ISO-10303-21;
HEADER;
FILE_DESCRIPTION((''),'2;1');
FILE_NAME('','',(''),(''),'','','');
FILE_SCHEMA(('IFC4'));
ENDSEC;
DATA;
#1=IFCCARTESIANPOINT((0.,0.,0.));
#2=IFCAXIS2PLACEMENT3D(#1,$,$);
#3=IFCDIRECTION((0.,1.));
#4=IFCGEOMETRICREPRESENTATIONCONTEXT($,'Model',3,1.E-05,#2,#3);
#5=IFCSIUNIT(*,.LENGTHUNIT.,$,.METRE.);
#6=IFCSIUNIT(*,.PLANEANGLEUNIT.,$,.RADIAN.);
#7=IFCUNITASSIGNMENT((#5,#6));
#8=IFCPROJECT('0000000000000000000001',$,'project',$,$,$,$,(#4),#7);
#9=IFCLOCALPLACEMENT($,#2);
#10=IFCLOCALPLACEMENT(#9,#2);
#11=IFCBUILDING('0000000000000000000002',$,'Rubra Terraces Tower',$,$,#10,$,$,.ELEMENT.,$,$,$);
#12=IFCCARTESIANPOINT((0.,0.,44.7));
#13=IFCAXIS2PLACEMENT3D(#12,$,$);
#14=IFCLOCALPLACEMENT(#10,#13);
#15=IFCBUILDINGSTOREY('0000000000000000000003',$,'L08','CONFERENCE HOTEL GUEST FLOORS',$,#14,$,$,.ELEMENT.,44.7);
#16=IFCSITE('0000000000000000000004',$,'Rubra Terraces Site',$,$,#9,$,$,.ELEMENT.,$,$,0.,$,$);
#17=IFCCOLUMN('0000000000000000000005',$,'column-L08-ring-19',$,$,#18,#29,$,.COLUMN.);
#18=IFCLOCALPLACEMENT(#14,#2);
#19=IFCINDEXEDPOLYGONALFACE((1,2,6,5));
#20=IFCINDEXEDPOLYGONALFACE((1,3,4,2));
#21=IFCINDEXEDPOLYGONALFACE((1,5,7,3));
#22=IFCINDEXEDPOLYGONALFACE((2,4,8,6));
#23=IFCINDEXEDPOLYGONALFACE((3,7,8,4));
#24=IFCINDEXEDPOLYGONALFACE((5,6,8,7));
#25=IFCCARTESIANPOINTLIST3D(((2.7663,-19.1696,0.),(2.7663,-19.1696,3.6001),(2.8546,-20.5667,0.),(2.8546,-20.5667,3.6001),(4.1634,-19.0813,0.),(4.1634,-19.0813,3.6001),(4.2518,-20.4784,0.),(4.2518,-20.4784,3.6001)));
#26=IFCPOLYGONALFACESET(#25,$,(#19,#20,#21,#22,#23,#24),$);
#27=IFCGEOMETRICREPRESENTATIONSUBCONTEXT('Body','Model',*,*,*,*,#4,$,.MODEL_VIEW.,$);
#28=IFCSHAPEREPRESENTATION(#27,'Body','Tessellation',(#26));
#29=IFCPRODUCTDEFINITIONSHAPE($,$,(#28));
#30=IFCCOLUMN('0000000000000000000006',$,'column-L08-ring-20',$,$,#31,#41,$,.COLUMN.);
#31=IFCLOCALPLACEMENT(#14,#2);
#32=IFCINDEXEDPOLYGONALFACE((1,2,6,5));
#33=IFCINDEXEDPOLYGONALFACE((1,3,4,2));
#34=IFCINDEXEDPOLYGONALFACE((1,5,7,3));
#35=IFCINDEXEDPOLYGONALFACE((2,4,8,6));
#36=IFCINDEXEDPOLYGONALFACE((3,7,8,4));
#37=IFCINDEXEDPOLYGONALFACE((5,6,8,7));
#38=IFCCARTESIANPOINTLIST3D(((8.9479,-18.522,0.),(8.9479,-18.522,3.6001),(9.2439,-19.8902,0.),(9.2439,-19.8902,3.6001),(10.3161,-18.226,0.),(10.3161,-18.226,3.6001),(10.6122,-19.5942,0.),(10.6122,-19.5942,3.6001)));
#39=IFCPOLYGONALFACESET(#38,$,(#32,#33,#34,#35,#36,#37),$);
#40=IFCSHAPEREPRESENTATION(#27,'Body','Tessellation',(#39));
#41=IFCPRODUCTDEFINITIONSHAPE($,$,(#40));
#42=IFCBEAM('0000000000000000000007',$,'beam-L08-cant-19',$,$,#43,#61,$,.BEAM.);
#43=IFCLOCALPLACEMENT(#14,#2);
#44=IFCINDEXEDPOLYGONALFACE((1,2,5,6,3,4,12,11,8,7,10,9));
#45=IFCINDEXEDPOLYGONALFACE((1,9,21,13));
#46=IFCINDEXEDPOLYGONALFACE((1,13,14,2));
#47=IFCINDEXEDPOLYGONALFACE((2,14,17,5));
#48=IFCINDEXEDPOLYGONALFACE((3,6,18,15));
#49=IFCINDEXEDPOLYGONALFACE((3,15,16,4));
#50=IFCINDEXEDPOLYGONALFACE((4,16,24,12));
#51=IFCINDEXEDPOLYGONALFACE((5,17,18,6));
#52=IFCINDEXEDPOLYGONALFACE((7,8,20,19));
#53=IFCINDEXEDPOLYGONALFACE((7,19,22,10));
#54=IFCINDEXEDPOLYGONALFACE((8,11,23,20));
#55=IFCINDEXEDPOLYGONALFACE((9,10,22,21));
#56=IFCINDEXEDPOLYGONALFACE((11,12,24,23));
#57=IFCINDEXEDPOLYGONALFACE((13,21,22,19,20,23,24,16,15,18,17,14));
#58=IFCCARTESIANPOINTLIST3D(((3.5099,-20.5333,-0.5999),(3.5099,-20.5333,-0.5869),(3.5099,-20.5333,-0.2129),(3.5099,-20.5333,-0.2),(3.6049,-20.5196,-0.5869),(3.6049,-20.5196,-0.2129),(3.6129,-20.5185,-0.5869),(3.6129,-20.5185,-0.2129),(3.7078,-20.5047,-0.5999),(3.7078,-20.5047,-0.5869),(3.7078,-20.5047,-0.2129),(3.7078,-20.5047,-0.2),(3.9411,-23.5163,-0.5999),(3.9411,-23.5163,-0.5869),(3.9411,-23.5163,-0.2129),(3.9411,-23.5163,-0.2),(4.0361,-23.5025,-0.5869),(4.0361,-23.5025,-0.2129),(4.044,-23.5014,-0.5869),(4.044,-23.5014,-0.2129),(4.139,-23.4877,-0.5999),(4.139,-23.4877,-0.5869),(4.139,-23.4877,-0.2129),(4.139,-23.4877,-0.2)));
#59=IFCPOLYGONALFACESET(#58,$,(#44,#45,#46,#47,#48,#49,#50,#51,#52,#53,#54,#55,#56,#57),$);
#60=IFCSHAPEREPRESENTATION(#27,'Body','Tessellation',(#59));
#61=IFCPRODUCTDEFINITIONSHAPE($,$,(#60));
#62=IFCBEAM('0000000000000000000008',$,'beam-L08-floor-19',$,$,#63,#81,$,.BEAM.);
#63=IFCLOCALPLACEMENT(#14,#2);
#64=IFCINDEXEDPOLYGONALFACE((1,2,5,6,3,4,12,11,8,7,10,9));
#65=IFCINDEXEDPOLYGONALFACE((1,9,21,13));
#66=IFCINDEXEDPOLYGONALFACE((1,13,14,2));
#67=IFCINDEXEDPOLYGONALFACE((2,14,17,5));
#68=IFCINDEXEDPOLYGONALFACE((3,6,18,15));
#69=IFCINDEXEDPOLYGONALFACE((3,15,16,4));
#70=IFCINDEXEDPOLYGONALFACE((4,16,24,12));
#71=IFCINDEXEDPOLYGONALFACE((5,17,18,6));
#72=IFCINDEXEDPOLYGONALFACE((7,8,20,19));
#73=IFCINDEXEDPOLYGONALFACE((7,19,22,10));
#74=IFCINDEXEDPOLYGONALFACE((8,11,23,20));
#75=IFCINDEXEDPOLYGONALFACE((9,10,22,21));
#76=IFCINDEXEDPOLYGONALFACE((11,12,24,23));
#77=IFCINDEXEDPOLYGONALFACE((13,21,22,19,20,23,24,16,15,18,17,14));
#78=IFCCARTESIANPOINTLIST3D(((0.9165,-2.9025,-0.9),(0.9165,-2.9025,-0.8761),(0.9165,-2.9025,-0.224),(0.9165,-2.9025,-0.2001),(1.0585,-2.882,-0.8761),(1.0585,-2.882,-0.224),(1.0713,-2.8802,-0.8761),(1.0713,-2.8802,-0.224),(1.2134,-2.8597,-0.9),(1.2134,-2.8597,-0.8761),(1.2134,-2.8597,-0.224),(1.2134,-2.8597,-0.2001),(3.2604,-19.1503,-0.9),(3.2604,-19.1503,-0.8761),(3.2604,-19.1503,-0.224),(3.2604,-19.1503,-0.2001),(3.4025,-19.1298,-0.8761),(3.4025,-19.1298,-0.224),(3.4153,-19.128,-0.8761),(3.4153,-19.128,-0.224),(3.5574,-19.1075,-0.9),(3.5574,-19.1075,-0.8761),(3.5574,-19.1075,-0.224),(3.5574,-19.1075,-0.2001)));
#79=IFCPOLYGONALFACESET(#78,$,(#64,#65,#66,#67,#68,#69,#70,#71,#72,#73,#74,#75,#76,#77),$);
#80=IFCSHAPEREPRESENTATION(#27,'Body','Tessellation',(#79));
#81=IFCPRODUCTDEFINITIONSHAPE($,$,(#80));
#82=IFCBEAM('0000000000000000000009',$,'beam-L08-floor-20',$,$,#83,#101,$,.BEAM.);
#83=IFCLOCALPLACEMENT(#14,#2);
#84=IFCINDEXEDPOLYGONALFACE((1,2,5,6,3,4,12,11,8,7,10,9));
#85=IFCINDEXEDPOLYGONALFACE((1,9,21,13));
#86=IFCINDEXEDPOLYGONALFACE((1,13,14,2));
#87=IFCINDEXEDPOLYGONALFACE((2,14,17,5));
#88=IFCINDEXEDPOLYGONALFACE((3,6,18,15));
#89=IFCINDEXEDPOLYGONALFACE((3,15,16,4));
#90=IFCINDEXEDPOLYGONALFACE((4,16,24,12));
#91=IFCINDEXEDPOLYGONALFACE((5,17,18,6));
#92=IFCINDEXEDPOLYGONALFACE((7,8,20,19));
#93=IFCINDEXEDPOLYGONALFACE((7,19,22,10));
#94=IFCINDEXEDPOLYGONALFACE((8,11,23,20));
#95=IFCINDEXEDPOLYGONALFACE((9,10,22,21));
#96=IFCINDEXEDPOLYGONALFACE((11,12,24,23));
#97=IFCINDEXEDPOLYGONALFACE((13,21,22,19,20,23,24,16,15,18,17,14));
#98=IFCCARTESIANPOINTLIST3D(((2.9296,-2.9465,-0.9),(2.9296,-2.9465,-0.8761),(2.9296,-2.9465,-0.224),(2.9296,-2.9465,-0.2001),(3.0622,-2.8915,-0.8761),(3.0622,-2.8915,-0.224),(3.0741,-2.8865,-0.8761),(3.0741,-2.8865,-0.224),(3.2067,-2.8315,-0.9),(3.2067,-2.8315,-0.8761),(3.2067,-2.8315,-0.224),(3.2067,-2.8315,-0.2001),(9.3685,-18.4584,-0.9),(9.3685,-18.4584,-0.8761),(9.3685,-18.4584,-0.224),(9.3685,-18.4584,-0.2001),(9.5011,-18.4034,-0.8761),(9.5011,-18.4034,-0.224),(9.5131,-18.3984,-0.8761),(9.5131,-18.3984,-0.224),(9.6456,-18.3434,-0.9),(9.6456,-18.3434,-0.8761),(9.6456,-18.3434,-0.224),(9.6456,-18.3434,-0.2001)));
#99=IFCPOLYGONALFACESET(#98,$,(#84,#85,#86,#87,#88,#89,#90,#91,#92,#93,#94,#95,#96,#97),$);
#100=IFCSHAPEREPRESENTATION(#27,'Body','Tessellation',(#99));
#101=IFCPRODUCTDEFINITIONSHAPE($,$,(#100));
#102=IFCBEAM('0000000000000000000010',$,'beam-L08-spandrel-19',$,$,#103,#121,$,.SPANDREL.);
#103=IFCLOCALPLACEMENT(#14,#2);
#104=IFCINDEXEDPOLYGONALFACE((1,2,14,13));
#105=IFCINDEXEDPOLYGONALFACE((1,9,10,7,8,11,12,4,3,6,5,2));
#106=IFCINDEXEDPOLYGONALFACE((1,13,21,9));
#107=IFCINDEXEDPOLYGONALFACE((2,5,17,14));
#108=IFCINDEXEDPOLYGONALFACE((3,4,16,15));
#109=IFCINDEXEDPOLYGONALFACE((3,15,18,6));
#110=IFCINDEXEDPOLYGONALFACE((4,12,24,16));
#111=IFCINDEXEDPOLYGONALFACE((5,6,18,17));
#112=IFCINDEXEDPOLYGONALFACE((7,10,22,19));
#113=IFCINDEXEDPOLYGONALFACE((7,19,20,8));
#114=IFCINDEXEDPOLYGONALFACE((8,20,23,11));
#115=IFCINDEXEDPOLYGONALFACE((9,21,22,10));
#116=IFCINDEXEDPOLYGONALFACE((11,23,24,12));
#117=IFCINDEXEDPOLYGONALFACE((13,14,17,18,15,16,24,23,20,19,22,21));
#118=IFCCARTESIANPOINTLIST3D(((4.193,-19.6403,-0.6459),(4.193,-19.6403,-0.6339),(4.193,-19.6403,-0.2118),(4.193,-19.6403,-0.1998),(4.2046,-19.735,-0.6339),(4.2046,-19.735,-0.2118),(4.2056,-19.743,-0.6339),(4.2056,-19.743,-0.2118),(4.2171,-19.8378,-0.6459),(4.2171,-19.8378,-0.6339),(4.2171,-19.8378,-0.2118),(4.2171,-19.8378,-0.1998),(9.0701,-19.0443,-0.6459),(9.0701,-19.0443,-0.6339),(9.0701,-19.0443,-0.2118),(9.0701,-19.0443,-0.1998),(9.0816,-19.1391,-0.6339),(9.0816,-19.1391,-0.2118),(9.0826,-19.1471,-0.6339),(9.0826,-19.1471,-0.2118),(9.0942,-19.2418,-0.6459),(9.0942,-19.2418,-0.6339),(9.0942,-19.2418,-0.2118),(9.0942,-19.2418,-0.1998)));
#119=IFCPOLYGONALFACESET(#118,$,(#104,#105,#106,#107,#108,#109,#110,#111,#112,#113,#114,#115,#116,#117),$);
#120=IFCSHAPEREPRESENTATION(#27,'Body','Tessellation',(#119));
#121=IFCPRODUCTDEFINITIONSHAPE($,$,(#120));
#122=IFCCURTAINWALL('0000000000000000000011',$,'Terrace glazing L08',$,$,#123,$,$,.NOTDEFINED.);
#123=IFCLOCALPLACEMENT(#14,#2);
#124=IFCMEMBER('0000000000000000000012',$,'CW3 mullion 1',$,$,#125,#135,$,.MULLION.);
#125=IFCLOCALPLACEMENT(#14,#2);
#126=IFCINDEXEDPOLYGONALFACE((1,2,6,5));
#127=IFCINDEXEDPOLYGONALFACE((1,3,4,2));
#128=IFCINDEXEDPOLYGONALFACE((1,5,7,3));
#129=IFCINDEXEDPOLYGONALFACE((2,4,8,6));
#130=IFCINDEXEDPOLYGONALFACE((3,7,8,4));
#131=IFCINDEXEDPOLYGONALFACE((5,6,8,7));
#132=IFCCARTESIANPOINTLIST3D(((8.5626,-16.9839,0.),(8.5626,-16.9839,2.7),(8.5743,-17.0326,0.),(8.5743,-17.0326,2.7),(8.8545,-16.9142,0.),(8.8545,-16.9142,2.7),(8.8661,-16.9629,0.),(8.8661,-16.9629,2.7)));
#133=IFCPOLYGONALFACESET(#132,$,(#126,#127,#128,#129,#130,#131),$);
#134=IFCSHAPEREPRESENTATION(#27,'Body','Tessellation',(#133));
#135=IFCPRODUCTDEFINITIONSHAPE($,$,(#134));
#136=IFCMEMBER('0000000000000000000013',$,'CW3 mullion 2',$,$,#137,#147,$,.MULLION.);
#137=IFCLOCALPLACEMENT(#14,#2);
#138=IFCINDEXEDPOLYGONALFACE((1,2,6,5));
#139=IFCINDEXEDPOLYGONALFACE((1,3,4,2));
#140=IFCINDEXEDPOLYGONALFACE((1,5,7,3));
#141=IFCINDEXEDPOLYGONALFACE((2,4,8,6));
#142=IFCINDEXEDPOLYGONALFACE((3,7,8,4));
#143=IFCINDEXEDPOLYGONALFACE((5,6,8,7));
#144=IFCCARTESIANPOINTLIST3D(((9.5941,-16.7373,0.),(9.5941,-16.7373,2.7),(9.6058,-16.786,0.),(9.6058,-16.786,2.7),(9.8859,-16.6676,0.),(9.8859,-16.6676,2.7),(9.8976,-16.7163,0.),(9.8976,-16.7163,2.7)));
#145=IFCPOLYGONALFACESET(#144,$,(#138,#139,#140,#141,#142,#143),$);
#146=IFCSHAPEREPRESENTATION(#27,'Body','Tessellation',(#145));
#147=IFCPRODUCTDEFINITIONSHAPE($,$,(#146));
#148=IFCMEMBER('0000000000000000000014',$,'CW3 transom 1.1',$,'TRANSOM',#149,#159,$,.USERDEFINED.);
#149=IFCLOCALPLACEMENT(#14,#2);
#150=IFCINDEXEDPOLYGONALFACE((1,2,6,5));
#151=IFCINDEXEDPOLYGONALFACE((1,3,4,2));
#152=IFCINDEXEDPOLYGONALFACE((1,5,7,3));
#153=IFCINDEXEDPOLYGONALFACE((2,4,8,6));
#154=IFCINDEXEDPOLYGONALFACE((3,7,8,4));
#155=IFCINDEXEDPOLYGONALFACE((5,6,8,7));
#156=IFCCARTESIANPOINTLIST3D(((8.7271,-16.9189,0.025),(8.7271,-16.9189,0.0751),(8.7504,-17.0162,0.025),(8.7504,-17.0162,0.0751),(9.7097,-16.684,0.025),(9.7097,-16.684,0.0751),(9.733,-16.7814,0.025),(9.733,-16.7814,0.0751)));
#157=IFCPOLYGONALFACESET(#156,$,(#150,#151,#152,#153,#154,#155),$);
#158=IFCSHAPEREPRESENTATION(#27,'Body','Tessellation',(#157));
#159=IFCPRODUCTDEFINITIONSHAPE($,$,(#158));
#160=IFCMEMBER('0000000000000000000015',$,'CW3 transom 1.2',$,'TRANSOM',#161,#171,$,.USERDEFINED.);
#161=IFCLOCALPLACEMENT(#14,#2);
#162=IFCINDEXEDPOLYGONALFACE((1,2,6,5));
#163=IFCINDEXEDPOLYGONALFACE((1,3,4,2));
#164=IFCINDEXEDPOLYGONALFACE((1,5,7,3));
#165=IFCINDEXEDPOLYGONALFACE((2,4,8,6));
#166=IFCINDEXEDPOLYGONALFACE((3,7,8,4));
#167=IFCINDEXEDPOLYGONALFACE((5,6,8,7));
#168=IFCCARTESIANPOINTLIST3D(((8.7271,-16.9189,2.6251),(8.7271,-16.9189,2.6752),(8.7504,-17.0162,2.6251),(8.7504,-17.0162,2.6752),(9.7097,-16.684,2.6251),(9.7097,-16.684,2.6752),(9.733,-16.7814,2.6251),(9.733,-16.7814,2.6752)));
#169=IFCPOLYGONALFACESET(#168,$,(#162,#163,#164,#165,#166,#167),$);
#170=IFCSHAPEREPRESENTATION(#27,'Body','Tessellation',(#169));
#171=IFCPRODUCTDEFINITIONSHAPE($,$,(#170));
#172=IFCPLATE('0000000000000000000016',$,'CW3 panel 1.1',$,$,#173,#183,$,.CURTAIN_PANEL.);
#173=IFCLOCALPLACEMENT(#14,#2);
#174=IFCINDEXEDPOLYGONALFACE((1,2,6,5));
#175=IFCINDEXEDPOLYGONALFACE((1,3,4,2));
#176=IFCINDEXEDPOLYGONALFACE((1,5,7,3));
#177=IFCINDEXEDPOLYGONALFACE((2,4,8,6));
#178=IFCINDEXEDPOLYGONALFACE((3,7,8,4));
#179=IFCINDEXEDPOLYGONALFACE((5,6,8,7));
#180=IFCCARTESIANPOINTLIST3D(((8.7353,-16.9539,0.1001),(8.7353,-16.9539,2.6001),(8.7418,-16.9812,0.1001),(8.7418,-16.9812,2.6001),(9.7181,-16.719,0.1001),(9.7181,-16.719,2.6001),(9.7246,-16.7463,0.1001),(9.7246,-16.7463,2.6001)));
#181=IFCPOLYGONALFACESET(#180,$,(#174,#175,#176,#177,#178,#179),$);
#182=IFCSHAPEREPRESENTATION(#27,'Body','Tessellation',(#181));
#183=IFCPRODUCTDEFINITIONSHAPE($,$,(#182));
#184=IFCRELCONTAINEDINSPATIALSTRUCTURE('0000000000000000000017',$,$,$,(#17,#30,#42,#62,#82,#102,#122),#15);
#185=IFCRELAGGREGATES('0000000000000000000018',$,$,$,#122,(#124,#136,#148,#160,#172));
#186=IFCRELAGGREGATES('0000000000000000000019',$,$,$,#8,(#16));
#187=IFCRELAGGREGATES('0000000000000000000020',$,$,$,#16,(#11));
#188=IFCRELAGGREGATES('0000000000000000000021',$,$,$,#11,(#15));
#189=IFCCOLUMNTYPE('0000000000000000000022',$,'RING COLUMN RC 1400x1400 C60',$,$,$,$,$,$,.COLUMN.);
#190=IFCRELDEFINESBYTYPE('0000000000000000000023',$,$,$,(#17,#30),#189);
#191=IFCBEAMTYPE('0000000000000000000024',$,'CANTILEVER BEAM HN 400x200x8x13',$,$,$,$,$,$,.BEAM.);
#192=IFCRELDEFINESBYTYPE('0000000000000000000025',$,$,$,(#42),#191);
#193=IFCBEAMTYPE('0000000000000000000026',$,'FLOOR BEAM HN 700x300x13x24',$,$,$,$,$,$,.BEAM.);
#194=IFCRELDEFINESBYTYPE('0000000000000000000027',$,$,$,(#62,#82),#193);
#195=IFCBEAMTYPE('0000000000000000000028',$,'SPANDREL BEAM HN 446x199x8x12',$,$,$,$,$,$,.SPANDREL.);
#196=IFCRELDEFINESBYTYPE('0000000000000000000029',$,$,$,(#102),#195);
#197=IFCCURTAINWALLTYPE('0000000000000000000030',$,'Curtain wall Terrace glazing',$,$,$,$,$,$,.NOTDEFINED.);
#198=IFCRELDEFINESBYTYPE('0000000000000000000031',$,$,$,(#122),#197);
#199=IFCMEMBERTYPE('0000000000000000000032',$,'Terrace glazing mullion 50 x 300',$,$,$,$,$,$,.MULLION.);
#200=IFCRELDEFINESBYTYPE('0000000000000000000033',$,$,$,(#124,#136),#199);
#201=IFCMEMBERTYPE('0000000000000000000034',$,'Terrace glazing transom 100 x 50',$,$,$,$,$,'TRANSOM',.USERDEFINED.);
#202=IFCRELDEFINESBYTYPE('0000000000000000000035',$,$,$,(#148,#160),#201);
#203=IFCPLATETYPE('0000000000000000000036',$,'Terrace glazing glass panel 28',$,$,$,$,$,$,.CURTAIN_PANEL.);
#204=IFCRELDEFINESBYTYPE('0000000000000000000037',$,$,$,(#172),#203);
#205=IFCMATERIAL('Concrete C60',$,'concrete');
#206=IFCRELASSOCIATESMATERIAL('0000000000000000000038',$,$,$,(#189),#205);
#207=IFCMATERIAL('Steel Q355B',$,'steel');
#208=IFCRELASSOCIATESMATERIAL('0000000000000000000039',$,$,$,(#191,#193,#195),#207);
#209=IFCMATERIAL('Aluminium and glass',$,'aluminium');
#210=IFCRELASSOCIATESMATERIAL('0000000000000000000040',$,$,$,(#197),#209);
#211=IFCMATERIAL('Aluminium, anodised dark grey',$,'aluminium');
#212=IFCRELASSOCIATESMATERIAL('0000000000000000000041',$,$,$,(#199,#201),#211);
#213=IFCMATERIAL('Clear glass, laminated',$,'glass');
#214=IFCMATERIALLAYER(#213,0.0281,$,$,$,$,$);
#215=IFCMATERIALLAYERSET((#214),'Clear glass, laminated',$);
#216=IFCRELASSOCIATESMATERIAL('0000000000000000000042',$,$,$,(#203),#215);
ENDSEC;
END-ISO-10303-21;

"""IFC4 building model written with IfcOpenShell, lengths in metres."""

from ifc_helpers import new_model, si_unit, direction, frame, origin, origin_2d, place, context, subcontext, project, spatial, rectangle, i_section, extrude, material, layer, layer_set, material_profile, profile_set, type_object, element, aggregate, save


model = new_model("IFC4")

# Units and contexts
model_context = context("Model", 3, precision=1e-05, world=origin(), true_north=direction((0.0, 1.0)))
body_context = subcontext(model_context, "Body", "Model", "MODEL_VIEW")
ifc_project = project(units=[si_unit("LENGTHUNIT", "METRE"), si_unit("PLANEANGLEUNIT", "RADIAN")], contexts=[model_context])

# Site, building, storey
site_placement = place(None, origin())
site = spatial("IfcSite", under=ifc_project, at=site_placement, Name="Rubra Terraces Site", CompositionType="ELEMENT", RefElevation=0.0)
building_placement = place(site_placement, origin())
building = spatial("IfcBuilding", under=site, at=building_placement, Name="Rubra Terraces Tower", CompositionType="ELEMENT")
storey_placement = place(building_placement, frame((0.0, 0.0, 44.7)))
storey = spatial("IfcBuildingStorey", under=building, at=storey_placement, Name="L08", Description="CONFERENCE HOTEL GUEST FLOORS", CompositionType="ELEMENT", Elevation=44.7)

# Columns
ifc_material_1 = material(Name="Concrete C60", Category="concrete")
ifc_material_profile_1 = material_profile(ifc_material_1, rectangle(XDim=1.3999, YDim=1.3999, at=origin_2d()), Name="RC 1400x1400")
ifc_profile_set_1 = profile_set([ifc_material_profile_1], Name="Concrete C60")
column_type = type_object("IfcColumnType", Name="RING COLUMN RC 1400x1400 C60", PredefinedType="COLUMN", material=ifc_profile_set_1)
for number, where, z_axis, x_axis, name in (
    (1, (3.509, -19.824, 0.0), (0.0, 0.0, 1.0), (0.998008, 0.063094, 0.0), "column-L08-ring-19"),
    (2, (9.78, -19.0581, 0.0), (0.0, 0.0, 1.0), (0.977386, 0.211462, 0.0), "column-L08-ring-20"),
):
    element("IfcColumn", number, at=place(storey_placement, frame(where, z_axis=z_axis, x_axis=x_axis)), inside=storey, type_object=column_type, Name=name, PredefinedType="COLUMN", context=body_context, shape_type="SweptSolid", body=[
        extrude(rectangle(XDim=1.3999, YDim=1.3999, at=origin_2d()), origin(), (0.0, 0.0, 1.0), 3.6001),
    ])

# Beams
ifc_material_2 = material(Name="Steel Q355B", Category="steel")
ifc_material_profile_2 = material_profile(ifc_material_2, i_section(OverallWidth=0.2, OverallDepth=0.3999, WebThickness=0.0081, FlangeThickness=0.0129, at=origin_2d()), Name="HN 400x200x8x13")
ifc_profile_set_2 = profile_set([ifc_material_profile_2], Name="Steel Q355B")
beam_type_1 = type_object("IfcBeamType", Name="CANTILEVER BEAM HN 400x200x8x13", PredefinedType="BEAM", material=ifc_profile_set_2)
beam_1_placement = place(storey_placement, frame((3.6089, -20.519, -0.3999), z_axis=(0.143054, -0.989715, 0.0), x_axis=(0.989715, 0.143054, 0.0)))
element("IfcBeam", 3, at=beam_1_placement, inside=storey, type_object=beam_type_1, Name="beam-L08-cant-19", PredefinedType="BEAM", context=body_context, shape_type="SweptSolid", body=[
    extrude(i_section(OverallWidth=0.2, OverallDepth=0.3999, WebThickness=0.0081, FlangeThickness=0.0129, at=origin_2d()), origin(), (0.0, 0.0, 1.0), 3.0139),
])
ifc_material_profile_3 = material_profile(ifc_material_2, i_section(OverallWidth=0.3, OverallDepth=0.7, WebThickness=0.0129, FlangeThickness=0.0239, at=origin_2d()), Name="HN 700x300x13x24")
ifc_profile_set_3 = profile_set([ifc_material_profile_3], Name="Steel Q355B")
beam_type_2 = type_object("IfcBeamType", Name="FLOOR BEAM HN 700x300x13x24", PredefinedType="BEAM", material=ifc_profile_set_3)
beam_2_placement = place(storey_placement, frame((3.4089, -19.1289, -0.55), z_axis=(-0.142787, 0.989753, 0.0), x_axis=(-0.989753, -0.142787, 0.0)))
element("IfcBeam", 4, at=beam_2_placement, inside=storey, type_object=beam_type_2, Name="beam-L08-floor-19", PredefinedType="BEAM", context=body_context, shape_type="SweptSolid", body=[
    extrude(i_section(OverallWidth=0.3, OverallDepth=0.7, WebThickness=0.0129, FlangeThickness=0.0239, at=origin_2d()), origin(), (0.0, 0.0, 1.0), 16.416),
])
beam_3_placement = place(storey_placement, frame((9.5071, -18.4009, -0.55), z_axis=(-0.38338, 0.923591, 0.0), x_axis=(-0.923591, -0.38338, 0.0)))
element("IfcBeam", 5, at=beam_3_placement, inside=storey, type_object=beam_type_2, Name="beam-L08-floor-20", PredefinedType="BEAM", context=body_context, shape_type="SweptSolid", body=[
    extrude(i_section(OverallWidth=0.3, OverallDepth=0.7, WebThickness=0.0129, FlangeThickness=0.0239, at=origin_2d()), origin(), (0.0, 0.0, 1.0), 16.7952),
])
ifc_material_profile_4 = material_profile(ifc_material_2, i_section(OverallWidth=0.199, OverallDepth=0.446, WebThickness=0.0081, FlangeThickness=0.012, at=origin_2d()), Name="HN 446x199x8x12")
ifc_profile_set_4 = profile_set([ifc_material_profile_4], Name="Steel Q355B")
beam_type_3 = type_object("IfcBeamType", Name="SPANDREL BEAM HN 446x199x8x12", PredefinedType="SPANDREL", material=ifc_profile_set_4)
beam_4_placement = place(storey_placement, frame((4.2051, -19.739, -0.4229), z_axis=(0.992617, 0.121294, 0.0), x_axis=(-0.121294, 0.992617, 0.0)))
element("IfcBeam", 6, at=beam_4_placement, inside=storey, type_object=beam_type_3, Name="beam-L08-spandrel-19", PredefinedType="SPANDREL", context=body_context, shape_type="SweptSolid", body=[
    extrude(i_section(OverallWidth=0.199, OverallDepth=0.446, WebThickness=0.0081, FlangeThickness=0.012, at=origin_2d()), origin(), (0.0, 0.0, 1.0), 4.9133),
])

# Curtain wall, members, plate
ifc_material_3 = material(Name="Aluminium and glass", Category="aluminium")
curtain_wall_type = type_object("IfcCurtainWallType", Name="Curtain wall Terrace glazing", PredefinedType="NOTDEFINED", material=ifc_material_3)
curtain_wall_placement = place(storey_placement, origin())
curtain_wall = element("IfcCurtainWall", 7, at=curtain_wall_placement, inside=storey, type_object=curtain_wall_type, Name="Terrace glazing L08", PredefinedType="NOTDEFINED")
ifc_material_4 = material(Name="Aluminium, anodised dark grey", Category="aluminium")
ifc_material_profile_5 = material_profile(ifc_material_4, rectangle(XDim=0.05, YDim=0.3, at=origin_2d()), Name="AL 50x300")
ifc_profile_set_5 = profile_set([ifc_material_profile_5], Name="Aluminium, anodised dark grey")
member_type_1 = type_object("IfcMemberType", Name="Terrace glazing mullion 50 x 300", PredefinedType="MULLION", material=ifc_profile_set_5)
member_1_placement = place(storey_placement, frame((8.7144, -16.9734, 0.0), z_axis=(0.0, 0.0, 1.0), x_axis=(-0.232478, 0.972602, 0.0)))
member_1 = element("IfcMember", 8, at=member_1_placement, type_object=member_type_1, Name="CW3 mullion 1", PredefinedType="MULLION", context=body_context, shape_type="SweptSolid", body=[
    extrude(rectangle(XDim=0.05, YDim=0.3, at=origin_2d()), origin(), (0.0, 0.0, 1.0), 2.7),
])
member_2_placement = place(storey_placement, frame((9.7458, -16.7268, 0.0), z_axis=(0.0, 0.0, 1.0), x_axis=(-0.232478, 0.972602, 0.0)))
member_2 = element("IfcMember", 9, at=member_2_placement, type_object=member_type_1, Name="CW3 mullion 2", PredefinedType="MULLION", context=body_context, shape_type="SweptSolid", body=[
    extrude(rectangle(XDim=0.05, YDim=0.3, at=origin_2d()), origin(), (0.0, 0.0, 1.0), 2.7),
])
ifc_material_profile_6 = material_profile(ifc_material_4, rectangle(XDim=0.1001, YDim=0.05, at=origin_2d()), Name="AL 100x50")
ifc_profile_set_6 = profile_set([ifc_material_profile_6], Name="Aluminium, anodised dark grey")
member_type_2 = type_object("IfcMemberType", Name="Terrace glazing transom 100 x 50", ElementType="TRANSOM", PredefinedType="USERDEFINED", material=ifc_profile_set_6)
member_3_placement = place(storey_placement, frame((8.7388, -16.9675, 0.05), z_axis=(0.972606, 0.232459, 0.0), x_axis=(-0.232459, 0.972606, 0.0)))
member_3 = element("IfcMember", 10, at=member_3_placement, type_object=member_type_2, Name="CW3 transom 1.1", ObjectType="TRANSOM", PredefinedType="USERDEFINED", context=body_context, shape_type="SweptSolid", body=[
    extrude(rectangle(XDim=0.1001, YDim=0.05, at=origin_2d()), origin(), (0.0, 0.0, 1.0), 1.0103),
])
member_4_placement = place(storey_placement, frame((8.7388, -16.9675, 2.6501), z_axis=(0.972606, 0.232459, 0.0), x_axis=(-0.232459, 0.972606, 0.0)))
member_4 = element("IfcMember", 11, at=member_4_placement, type_object=member_type_2, Name="CW3 transom 1.2", ObjectType="TRANSOM", PredefinedType="USERDEFINED", context=body_context, shape_type="SweptSolid", body=[
    extrude(rectangle(XDim=0.1001, YDim=0.05, at=origin_2d()), origin(), (0.0, 0.0, 1.0), 1.0103),
])
ifc_material_5 = material(Name="Clear glass, laminated", Category="glass")
ifc_layer_1 = layer(ifc_material_5, 0.0281)
ifc_layer_set_1 = layer_set([ifc_layer_1], Name="Clear glass, laminated")
plate_type = type_object("IfcPlateType", Name="Terrace glazing glass panel 28", PredefinedType="CURTAIN_PANEL", material=ifc_layer_set_1)
plate_placement = place(storey_placement, frame((9.23, -16.8501, 0.1001), z_axis=(0.0, 0.0, 1.0), x_axis=(0.972602, 0.232478, 0.0)))
plate = element("IfcPlate", 12, at=plate_placement, type_object=plate_type, Name="CW3 panel 1.1", PredefinedType="CURTAIN_PANEL", context=body_context, shape_type="SweptSolid", body=[
    extrude(rectangle(XDim=1.0105, YDim=0.0281, at=origin_2d()), origin(), (0.0, 0.0, 1.0), 2.5),
])
aggregate(curtain_wall, [member_1, member_2, member_3, member_4, plate])

save(model, "model.ifc")
